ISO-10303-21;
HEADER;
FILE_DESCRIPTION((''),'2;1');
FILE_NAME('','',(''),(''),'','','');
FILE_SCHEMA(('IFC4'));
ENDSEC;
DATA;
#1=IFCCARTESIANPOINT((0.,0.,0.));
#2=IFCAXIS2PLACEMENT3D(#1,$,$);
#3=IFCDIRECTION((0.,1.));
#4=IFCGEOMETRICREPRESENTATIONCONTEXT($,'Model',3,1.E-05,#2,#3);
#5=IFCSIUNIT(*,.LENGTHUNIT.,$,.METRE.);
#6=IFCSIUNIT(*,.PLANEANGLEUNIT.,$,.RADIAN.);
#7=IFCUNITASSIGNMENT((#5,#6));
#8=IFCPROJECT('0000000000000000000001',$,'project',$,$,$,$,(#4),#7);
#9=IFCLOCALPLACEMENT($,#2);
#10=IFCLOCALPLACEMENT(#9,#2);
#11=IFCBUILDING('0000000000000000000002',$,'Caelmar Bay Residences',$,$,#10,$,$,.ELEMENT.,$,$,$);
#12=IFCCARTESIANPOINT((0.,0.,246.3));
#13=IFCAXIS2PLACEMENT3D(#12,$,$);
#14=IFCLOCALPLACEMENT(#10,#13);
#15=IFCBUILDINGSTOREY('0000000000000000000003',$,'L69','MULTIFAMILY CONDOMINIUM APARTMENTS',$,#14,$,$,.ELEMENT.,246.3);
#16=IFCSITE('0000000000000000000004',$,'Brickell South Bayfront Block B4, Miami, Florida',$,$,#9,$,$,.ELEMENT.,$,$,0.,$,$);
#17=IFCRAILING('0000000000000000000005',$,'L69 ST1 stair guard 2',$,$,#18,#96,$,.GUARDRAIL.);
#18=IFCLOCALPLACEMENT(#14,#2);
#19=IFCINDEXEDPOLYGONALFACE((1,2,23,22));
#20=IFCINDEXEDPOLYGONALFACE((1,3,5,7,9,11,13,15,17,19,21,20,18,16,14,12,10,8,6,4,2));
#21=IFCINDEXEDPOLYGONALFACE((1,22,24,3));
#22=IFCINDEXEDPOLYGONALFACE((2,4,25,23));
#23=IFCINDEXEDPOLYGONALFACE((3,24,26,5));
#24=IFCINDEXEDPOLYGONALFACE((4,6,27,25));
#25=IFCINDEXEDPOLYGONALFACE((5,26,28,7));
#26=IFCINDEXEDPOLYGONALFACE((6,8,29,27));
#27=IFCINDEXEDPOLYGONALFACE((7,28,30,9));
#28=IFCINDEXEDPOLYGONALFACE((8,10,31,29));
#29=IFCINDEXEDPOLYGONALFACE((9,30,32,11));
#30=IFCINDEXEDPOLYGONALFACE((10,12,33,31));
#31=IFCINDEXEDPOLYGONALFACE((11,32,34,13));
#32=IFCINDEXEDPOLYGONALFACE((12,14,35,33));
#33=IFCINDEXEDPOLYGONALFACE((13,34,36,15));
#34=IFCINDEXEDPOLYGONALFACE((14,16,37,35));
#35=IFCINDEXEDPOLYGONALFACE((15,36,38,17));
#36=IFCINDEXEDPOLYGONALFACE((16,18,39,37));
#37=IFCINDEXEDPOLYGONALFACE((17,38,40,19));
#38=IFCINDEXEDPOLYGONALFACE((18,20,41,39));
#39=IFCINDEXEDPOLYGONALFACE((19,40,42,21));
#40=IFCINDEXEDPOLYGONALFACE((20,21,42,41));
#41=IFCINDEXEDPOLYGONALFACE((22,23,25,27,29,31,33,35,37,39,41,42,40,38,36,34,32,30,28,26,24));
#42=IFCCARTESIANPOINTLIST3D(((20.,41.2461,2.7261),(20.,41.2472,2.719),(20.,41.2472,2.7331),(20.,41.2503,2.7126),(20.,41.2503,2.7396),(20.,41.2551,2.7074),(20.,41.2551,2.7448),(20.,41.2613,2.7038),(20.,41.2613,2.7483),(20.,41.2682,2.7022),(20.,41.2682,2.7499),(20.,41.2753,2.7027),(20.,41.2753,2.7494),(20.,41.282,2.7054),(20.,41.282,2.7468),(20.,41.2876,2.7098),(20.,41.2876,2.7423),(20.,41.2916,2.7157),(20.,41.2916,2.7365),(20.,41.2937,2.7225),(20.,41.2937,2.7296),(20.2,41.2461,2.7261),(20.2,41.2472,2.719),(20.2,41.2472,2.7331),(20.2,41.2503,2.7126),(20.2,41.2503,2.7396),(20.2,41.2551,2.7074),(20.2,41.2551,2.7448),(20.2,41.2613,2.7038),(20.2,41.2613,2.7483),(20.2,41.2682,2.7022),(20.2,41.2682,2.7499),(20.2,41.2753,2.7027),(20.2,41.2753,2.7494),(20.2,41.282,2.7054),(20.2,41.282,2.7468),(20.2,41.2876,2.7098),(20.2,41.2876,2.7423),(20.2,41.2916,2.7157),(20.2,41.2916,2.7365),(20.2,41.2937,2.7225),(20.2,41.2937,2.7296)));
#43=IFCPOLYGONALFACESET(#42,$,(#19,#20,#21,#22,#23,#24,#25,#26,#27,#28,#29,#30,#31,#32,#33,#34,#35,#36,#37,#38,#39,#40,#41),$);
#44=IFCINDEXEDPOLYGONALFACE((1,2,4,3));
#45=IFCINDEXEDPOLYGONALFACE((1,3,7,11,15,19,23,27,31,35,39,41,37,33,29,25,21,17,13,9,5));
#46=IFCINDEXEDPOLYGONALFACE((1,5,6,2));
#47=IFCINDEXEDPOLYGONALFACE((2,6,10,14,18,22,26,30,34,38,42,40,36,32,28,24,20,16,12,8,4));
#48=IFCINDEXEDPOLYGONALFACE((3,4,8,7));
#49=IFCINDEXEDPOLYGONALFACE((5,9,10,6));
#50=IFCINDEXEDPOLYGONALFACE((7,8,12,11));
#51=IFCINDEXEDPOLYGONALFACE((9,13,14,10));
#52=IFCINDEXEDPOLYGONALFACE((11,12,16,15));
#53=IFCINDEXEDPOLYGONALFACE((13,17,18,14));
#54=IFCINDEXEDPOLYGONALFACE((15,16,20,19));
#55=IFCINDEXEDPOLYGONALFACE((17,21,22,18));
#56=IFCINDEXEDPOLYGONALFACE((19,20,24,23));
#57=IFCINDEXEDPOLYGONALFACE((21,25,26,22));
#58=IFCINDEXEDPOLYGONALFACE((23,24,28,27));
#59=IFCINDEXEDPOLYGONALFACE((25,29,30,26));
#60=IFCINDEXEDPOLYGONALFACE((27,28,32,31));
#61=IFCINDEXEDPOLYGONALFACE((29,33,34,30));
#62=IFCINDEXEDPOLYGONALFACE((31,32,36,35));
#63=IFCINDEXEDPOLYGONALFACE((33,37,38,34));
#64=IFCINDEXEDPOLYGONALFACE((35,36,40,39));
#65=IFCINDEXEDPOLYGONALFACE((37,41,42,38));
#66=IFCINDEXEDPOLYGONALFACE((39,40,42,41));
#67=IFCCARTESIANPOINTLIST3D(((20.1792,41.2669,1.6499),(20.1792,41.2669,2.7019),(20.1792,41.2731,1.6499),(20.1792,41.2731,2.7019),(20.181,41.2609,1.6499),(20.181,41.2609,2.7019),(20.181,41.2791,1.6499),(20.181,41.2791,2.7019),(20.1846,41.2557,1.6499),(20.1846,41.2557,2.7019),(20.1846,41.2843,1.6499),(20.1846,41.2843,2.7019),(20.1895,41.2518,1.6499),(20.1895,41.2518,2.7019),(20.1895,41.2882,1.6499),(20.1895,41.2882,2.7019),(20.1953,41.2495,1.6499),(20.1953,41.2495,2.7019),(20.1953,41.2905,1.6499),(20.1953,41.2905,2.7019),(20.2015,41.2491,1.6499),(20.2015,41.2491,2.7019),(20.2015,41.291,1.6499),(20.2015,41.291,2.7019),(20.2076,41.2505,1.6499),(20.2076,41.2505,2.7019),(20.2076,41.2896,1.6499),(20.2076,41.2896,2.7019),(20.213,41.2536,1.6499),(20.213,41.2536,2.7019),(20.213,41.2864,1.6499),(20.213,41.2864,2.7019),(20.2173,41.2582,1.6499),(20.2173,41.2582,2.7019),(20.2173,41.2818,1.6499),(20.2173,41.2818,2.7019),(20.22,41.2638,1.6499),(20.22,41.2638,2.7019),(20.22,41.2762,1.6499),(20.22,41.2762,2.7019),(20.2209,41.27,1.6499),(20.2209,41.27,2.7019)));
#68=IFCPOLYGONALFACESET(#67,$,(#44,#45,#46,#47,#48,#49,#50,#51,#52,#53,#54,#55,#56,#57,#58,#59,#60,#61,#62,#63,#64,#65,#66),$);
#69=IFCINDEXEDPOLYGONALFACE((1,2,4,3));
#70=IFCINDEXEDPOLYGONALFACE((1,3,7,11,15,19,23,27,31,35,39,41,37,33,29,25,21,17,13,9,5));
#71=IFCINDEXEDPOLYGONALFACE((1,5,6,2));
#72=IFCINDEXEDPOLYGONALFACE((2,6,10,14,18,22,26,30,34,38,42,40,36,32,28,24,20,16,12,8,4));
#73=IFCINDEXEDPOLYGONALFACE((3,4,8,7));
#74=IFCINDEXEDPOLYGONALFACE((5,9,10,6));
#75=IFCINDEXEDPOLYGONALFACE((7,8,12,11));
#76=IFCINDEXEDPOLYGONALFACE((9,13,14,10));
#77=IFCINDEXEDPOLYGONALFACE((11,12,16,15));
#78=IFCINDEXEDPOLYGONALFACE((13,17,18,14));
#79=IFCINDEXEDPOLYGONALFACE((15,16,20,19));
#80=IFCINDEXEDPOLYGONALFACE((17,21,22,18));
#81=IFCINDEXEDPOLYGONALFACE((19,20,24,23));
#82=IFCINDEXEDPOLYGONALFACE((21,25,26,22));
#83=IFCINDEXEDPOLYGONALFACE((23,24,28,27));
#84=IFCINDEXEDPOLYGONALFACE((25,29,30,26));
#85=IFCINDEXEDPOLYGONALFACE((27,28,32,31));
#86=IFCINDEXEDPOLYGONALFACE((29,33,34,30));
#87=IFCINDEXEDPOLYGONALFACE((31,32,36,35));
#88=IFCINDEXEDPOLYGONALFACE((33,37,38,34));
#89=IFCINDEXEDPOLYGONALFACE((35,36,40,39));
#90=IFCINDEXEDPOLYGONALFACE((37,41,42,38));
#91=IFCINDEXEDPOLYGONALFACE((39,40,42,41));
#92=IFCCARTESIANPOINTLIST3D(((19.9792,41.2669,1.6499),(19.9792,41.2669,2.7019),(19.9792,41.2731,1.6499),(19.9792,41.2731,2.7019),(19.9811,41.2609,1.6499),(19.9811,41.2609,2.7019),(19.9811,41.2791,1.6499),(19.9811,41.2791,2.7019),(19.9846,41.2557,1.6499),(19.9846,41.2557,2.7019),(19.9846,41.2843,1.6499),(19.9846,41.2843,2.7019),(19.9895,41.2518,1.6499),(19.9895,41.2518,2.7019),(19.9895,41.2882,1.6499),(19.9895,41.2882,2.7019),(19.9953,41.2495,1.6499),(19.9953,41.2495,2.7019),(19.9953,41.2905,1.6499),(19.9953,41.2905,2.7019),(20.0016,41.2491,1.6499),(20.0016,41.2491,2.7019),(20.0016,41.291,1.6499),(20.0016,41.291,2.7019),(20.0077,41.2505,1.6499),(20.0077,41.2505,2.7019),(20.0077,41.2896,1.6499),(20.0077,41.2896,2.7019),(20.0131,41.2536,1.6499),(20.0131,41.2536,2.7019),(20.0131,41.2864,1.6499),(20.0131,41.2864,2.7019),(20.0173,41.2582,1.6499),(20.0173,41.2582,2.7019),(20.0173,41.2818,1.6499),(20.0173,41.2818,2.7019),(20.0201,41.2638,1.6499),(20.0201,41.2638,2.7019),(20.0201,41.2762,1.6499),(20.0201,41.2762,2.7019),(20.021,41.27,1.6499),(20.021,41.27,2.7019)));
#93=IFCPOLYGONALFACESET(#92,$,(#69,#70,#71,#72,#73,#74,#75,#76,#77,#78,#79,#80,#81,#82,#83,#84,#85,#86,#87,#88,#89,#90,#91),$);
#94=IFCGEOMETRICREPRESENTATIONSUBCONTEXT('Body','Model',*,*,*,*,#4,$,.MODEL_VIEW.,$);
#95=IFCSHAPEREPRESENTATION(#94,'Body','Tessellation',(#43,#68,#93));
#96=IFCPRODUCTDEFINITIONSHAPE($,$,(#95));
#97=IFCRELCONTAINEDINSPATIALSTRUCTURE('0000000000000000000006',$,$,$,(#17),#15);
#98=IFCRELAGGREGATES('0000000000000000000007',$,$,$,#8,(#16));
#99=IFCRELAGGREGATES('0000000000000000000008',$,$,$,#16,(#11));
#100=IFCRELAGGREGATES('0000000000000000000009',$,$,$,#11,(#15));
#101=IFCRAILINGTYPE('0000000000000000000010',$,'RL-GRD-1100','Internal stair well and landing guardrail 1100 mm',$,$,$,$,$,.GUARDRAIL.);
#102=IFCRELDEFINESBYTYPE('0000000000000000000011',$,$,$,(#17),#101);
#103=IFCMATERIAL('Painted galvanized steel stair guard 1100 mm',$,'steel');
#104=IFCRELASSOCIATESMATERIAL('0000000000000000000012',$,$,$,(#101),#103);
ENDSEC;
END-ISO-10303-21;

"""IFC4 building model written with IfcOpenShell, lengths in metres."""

from ifc_helpers import new_model, si_unit, direction, frame, origin, origin_2d, place, context, subcontext, project, spatial, circle, extrude, material, type_object, element, save


model = new_model("IFC4")

# Units and contexts
model_context = context("Model", 3, precision=1e-05, world=origin(), true_north=direction((0.0, 1.0)))
body_context = subcontext(model_context, "Body", "Model", "MODEL_VIEW")
ifc_project = project(units=[si_unit("LENGTHUNIT", "METRE"), si_unit("PLANEANGLEUNIT", "RADIAN")], contexts=[model_context])

# Site, building, storey
site_placement = place(None, origin())
site = spatial("IfcSite", under=ifc_project, at=site_placement, Name="Brickell South Bayfront Block B4, Miami, Florida", CompositionType="ELEMENT", RefElevation=0.0)
building_placement = place(site_placement, origin())
building = spatial("IfcBuilding", under=site, at=building_placement, Name="Caelmar Bay Residences", CompositionType="ELEMENT")
storey_placement = place(building_placement, frame((0.0, 0.0, 246.3)))
storey = spatial("IfcBuildingStorey", under=building, at=storey_placement, Name="L69", Description="MULTIFAMILY CONDOMINIUM APARTMENTS", CompositionType="ELEMENT", Elevation=246.3)

# Railing
ifc_material_1 = material(Name="Painted galvanized steel stair guard 1100 mm", Category="steel")
railing_type_1 = type_object("IfcRailingType", Name="RL-GRD-1100", Description="Internal stair well and landing guardrail 1100 mm", PredefinedType="GUARDRAIL", material=ifc_material_1)
railing_1_placement = place(storey_placement, frame((20.2, 41.27, 1.6499)))
element("IfcRailing", 1, at=railing_1_placement, inside=storey, type_object=railing_type_1, Name="L69 ST1 stair guard 2", PredefinedType="GUARDRAIL", context=body_context, shape_type="SweptSolid", body=[
    extrude(circle(Radius=0.0239, at=origin_2d()), frame((0.0, 0.0, 1.0762), z_axis=(-1.0, 0.0, 0.0), x_axis=(0.0, -1.0, 0.0)), (0.0, 0.0, 1.0), 0.2),
    extrude(circle(Radius=0.021, at=origin_2d()), origin(), (0.0, 0.0, 1.0), 1.052),
    extrude(circle(Radius=0.021, at=origin_2d()), frame((-0.2, 0.0, 0.0)), (0.0, 0.0, 1.0), 1.052),
])

save(model, "model.ifc")
